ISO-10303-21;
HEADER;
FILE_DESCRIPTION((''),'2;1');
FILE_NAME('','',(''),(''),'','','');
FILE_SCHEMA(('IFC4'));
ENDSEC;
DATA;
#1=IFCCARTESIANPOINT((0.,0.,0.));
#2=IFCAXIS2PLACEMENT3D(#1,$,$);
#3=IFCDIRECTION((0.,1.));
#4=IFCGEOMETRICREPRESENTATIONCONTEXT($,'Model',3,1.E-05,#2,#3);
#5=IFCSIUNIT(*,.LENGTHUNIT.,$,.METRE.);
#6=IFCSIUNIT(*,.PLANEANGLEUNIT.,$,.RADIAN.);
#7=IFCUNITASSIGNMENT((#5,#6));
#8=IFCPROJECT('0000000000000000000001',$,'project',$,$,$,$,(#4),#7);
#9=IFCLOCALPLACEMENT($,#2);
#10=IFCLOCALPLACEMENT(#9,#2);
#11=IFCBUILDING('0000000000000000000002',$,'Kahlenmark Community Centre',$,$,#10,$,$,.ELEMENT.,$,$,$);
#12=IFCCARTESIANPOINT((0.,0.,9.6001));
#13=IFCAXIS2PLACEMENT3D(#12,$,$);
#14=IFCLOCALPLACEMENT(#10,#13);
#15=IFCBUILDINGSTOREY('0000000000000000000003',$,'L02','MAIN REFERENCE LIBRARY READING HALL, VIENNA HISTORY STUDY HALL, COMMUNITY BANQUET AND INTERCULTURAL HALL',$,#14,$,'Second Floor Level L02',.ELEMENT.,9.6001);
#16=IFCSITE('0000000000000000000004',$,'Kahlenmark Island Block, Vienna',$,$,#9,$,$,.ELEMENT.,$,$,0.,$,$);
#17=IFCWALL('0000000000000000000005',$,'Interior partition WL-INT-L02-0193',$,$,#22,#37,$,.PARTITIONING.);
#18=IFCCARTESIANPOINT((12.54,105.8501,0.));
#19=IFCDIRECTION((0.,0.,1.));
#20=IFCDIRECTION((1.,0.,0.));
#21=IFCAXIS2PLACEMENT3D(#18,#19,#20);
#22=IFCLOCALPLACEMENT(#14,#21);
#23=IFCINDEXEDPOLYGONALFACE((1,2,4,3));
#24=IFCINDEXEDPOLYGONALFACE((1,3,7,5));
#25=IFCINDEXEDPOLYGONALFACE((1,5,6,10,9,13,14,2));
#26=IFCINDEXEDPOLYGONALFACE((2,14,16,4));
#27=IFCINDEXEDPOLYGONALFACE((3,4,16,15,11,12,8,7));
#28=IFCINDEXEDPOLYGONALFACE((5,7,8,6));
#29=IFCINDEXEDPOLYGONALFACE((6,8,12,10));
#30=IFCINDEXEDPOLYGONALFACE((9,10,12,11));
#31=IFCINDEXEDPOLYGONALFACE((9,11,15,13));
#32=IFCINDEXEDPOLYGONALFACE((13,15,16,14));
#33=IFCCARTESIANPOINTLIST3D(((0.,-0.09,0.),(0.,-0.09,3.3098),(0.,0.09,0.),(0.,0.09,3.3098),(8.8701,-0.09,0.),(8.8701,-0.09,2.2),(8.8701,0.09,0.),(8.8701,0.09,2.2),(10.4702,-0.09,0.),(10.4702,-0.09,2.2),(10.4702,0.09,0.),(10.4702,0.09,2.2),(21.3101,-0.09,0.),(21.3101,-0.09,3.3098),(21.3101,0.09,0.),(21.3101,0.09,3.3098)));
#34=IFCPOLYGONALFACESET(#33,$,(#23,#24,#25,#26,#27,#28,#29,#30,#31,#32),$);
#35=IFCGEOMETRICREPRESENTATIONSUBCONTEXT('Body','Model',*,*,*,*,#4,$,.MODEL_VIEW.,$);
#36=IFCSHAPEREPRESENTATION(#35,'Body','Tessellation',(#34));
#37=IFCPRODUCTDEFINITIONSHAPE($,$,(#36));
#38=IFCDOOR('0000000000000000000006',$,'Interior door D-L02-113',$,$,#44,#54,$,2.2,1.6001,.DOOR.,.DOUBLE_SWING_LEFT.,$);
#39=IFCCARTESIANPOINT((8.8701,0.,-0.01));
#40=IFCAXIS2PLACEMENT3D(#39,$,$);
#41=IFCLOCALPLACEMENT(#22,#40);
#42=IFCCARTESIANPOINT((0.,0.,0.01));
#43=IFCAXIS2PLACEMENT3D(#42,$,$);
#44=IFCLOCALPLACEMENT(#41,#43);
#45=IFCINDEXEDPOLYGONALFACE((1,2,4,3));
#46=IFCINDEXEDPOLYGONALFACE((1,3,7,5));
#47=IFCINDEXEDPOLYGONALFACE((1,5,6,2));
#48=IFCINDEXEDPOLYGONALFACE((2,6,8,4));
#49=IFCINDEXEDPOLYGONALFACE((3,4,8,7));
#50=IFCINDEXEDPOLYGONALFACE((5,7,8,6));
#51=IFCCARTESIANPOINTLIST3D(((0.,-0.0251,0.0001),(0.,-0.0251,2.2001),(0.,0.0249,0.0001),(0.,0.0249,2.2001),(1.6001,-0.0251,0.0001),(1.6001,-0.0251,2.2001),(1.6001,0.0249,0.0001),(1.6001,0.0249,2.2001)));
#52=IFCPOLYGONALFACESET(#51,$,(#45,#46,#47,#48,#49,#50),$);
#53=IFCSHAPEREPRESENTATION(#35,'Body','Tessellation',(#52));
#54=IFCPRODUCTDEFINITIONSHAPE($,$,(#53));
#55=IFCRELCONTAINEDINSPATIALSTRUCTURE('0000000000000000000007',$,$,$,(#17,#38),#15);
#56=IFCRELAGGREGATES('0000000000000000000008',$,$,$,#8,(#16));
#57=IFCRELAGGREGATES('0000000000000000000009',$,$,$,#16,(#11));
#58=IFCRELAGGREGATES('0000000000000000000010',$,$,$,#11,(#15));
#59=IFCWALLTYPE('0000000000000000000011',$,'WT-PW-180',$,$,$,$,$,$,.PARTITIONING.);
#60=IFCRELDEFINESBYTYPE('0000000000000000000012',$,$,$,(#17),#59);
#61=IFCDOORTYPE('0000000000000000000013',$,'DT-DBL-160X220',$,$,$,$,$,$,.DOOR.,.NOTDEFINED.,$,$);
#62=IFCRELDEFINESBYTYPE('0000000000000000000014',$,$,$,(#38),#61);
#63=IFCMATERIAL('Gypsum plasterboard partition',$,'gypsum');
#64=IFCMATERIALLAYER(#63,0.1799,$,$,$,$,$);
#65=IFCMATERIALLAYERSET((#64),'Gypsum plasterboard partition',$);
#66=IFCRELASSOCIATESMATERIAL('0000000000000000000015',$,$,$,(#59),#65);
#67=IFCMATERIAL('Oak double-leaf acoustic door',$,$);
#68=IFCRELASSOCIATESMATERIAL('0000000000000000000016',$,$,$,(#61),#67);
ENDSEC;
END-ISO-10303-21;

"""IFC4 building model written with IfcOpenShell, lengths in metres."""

from ifc_helpers import new_model, si_unit, direction, frame, frame_2d, origin, place, context, subcontext, project, spatial, rectangle, extrude, material, layer, layer_set, type_object, element, fill, save


model = new_model("IFC4")

# Units and contexts
model_context = context("Model", 3, precision=1e-05, world=origin(), true_north=direction((0.0, 1.0)))
body_context = subcontext(model_context, "Body", "Model", "MODEL_VIEW")
ifc_project = project(units=[si_unit("LENGTHUNIT", "METRE"), si_unit("PLANEANGLEUNIT", "RADIAN")], contexts=[model_context])

# Site, building, storey
site_placement = place(None, origin())
site = spatial("IfcSite", under=ifc_project, at=site_placement, Name="Kahlenmark Island Block, Vienna", CompositionType="ELEMENT", RefElevation=0.0)
building_placement = place(site_placement, origin())
building = spatial("IfcBuilding", under=site, at=building_placement, Name="Kahlenmark Community Centre", CompositionType="ELEMENT")
storey_placement = place(building_placement, frame((0.0, 0.0, 9.6001)))
storey = spatial("IfcBuildingStorey", under=building, at=storey_placement, Name="L02", Description="MAIN REFERENCE LIBRARY READING HALL, VIENNA HISTORY STUDY HALL, COMMUNITY BANQUET AND INTERCULTURAL HALL", LongName="Second Floor Level L02", CompositionType="ELEMENT", Elevation=9.6001)

# Wall, opening, door
ifc_material_1 = material(Name="Gypsum plasterboard partition", Category="gypsum")
ifc_layer_1 = layer(ifc_material_1, 0.1799)
ifc_layer_set_1 = layer_set([ifc_layer_1], Name="Gypsum plasterboard partition")
wall_type_1 = type_object("IfcWallType", Name="WT-PW-180", PredefinedType="PARTITIONING", material=ifc_layer_set_1)
wall_1_placement = place(storey_placement, frame((12.54, 105.8501, 0.0), z_axis=(0.0, 0.0, 1.0), x_axis=(1.0, 0.0, 0.0)))
wall_1 = element("IfcWall", 1, at=wall_1_placement, inside=storey, type_object=wall_type_1, Name="Interior partition WL-INT-L02-0193", PredefinedType="PARTITIONING", context=body_context, shape_type="SweptSolid", body=[
    extrude(rectangle(XDim=21.3101, YDim=0.1799, at=frame_2d((10.655, 0.0))), origin(), (0.0, 0.0, 1.0), 3.3098),
])
opening_1_placement = place(wall_1_placement, frame((8.8701, 0.0, -0.01)))
opening_1 = element("IfcOpeningElement", 2, at=opening_1_placement, cuts=wall_1, PredefinedType="OPENING", context=body_context, shape_type="SweptSolid", body=[
    extrude(rectangle(XDim=1.6001, YDim=2.21, at=frame_2d((0.8, 1.105))), frame((0.0, 0.0999, 0.0), z_axis=(0.0, -1.0, 0.0), x_axis=(1.0, 0.0, 0.0)), (0.0, 0.0, 1.0), 0.2),
])
ifc_material_2 = material(Name="Oak double-leaf acoustic door")
door_type_1 = type_object("IfcDoorType", Name="DT-DBL-160X220", OperationType="NOTDEFINED", PredefinedType="DOOR", material=ifc_material_2)
door_1_placement = place(opening_1_placement, frame((0.0, 0.0, 0.01)))
door_1 = element("IfcDoor", 3, at=door_1_placement, inside=storey, type_object=door_type_1, Name="Interior door D-L02-113", OperationType="DOUBLE_SWING_LEFT", OverallHeight=2.2, OverallWidth=1.6001, PredefinedType="DOOR", context=body_context, shape_type="SweptSolid", body=[
    extrude(rectangle(XDim=1.6001, YDim=2.2, at=frame_2d((0.8, 1.1001))), frame((0.0, 0.0249, 0.0), z_axis=(0.0, -1.0, 0.0), x_axis=(1.0, 0.0, 0.0)), (0.0, 0.0, 1.0), 0.05),
])
fill(opening_1, door_1)

save(model, "model.ifc")
